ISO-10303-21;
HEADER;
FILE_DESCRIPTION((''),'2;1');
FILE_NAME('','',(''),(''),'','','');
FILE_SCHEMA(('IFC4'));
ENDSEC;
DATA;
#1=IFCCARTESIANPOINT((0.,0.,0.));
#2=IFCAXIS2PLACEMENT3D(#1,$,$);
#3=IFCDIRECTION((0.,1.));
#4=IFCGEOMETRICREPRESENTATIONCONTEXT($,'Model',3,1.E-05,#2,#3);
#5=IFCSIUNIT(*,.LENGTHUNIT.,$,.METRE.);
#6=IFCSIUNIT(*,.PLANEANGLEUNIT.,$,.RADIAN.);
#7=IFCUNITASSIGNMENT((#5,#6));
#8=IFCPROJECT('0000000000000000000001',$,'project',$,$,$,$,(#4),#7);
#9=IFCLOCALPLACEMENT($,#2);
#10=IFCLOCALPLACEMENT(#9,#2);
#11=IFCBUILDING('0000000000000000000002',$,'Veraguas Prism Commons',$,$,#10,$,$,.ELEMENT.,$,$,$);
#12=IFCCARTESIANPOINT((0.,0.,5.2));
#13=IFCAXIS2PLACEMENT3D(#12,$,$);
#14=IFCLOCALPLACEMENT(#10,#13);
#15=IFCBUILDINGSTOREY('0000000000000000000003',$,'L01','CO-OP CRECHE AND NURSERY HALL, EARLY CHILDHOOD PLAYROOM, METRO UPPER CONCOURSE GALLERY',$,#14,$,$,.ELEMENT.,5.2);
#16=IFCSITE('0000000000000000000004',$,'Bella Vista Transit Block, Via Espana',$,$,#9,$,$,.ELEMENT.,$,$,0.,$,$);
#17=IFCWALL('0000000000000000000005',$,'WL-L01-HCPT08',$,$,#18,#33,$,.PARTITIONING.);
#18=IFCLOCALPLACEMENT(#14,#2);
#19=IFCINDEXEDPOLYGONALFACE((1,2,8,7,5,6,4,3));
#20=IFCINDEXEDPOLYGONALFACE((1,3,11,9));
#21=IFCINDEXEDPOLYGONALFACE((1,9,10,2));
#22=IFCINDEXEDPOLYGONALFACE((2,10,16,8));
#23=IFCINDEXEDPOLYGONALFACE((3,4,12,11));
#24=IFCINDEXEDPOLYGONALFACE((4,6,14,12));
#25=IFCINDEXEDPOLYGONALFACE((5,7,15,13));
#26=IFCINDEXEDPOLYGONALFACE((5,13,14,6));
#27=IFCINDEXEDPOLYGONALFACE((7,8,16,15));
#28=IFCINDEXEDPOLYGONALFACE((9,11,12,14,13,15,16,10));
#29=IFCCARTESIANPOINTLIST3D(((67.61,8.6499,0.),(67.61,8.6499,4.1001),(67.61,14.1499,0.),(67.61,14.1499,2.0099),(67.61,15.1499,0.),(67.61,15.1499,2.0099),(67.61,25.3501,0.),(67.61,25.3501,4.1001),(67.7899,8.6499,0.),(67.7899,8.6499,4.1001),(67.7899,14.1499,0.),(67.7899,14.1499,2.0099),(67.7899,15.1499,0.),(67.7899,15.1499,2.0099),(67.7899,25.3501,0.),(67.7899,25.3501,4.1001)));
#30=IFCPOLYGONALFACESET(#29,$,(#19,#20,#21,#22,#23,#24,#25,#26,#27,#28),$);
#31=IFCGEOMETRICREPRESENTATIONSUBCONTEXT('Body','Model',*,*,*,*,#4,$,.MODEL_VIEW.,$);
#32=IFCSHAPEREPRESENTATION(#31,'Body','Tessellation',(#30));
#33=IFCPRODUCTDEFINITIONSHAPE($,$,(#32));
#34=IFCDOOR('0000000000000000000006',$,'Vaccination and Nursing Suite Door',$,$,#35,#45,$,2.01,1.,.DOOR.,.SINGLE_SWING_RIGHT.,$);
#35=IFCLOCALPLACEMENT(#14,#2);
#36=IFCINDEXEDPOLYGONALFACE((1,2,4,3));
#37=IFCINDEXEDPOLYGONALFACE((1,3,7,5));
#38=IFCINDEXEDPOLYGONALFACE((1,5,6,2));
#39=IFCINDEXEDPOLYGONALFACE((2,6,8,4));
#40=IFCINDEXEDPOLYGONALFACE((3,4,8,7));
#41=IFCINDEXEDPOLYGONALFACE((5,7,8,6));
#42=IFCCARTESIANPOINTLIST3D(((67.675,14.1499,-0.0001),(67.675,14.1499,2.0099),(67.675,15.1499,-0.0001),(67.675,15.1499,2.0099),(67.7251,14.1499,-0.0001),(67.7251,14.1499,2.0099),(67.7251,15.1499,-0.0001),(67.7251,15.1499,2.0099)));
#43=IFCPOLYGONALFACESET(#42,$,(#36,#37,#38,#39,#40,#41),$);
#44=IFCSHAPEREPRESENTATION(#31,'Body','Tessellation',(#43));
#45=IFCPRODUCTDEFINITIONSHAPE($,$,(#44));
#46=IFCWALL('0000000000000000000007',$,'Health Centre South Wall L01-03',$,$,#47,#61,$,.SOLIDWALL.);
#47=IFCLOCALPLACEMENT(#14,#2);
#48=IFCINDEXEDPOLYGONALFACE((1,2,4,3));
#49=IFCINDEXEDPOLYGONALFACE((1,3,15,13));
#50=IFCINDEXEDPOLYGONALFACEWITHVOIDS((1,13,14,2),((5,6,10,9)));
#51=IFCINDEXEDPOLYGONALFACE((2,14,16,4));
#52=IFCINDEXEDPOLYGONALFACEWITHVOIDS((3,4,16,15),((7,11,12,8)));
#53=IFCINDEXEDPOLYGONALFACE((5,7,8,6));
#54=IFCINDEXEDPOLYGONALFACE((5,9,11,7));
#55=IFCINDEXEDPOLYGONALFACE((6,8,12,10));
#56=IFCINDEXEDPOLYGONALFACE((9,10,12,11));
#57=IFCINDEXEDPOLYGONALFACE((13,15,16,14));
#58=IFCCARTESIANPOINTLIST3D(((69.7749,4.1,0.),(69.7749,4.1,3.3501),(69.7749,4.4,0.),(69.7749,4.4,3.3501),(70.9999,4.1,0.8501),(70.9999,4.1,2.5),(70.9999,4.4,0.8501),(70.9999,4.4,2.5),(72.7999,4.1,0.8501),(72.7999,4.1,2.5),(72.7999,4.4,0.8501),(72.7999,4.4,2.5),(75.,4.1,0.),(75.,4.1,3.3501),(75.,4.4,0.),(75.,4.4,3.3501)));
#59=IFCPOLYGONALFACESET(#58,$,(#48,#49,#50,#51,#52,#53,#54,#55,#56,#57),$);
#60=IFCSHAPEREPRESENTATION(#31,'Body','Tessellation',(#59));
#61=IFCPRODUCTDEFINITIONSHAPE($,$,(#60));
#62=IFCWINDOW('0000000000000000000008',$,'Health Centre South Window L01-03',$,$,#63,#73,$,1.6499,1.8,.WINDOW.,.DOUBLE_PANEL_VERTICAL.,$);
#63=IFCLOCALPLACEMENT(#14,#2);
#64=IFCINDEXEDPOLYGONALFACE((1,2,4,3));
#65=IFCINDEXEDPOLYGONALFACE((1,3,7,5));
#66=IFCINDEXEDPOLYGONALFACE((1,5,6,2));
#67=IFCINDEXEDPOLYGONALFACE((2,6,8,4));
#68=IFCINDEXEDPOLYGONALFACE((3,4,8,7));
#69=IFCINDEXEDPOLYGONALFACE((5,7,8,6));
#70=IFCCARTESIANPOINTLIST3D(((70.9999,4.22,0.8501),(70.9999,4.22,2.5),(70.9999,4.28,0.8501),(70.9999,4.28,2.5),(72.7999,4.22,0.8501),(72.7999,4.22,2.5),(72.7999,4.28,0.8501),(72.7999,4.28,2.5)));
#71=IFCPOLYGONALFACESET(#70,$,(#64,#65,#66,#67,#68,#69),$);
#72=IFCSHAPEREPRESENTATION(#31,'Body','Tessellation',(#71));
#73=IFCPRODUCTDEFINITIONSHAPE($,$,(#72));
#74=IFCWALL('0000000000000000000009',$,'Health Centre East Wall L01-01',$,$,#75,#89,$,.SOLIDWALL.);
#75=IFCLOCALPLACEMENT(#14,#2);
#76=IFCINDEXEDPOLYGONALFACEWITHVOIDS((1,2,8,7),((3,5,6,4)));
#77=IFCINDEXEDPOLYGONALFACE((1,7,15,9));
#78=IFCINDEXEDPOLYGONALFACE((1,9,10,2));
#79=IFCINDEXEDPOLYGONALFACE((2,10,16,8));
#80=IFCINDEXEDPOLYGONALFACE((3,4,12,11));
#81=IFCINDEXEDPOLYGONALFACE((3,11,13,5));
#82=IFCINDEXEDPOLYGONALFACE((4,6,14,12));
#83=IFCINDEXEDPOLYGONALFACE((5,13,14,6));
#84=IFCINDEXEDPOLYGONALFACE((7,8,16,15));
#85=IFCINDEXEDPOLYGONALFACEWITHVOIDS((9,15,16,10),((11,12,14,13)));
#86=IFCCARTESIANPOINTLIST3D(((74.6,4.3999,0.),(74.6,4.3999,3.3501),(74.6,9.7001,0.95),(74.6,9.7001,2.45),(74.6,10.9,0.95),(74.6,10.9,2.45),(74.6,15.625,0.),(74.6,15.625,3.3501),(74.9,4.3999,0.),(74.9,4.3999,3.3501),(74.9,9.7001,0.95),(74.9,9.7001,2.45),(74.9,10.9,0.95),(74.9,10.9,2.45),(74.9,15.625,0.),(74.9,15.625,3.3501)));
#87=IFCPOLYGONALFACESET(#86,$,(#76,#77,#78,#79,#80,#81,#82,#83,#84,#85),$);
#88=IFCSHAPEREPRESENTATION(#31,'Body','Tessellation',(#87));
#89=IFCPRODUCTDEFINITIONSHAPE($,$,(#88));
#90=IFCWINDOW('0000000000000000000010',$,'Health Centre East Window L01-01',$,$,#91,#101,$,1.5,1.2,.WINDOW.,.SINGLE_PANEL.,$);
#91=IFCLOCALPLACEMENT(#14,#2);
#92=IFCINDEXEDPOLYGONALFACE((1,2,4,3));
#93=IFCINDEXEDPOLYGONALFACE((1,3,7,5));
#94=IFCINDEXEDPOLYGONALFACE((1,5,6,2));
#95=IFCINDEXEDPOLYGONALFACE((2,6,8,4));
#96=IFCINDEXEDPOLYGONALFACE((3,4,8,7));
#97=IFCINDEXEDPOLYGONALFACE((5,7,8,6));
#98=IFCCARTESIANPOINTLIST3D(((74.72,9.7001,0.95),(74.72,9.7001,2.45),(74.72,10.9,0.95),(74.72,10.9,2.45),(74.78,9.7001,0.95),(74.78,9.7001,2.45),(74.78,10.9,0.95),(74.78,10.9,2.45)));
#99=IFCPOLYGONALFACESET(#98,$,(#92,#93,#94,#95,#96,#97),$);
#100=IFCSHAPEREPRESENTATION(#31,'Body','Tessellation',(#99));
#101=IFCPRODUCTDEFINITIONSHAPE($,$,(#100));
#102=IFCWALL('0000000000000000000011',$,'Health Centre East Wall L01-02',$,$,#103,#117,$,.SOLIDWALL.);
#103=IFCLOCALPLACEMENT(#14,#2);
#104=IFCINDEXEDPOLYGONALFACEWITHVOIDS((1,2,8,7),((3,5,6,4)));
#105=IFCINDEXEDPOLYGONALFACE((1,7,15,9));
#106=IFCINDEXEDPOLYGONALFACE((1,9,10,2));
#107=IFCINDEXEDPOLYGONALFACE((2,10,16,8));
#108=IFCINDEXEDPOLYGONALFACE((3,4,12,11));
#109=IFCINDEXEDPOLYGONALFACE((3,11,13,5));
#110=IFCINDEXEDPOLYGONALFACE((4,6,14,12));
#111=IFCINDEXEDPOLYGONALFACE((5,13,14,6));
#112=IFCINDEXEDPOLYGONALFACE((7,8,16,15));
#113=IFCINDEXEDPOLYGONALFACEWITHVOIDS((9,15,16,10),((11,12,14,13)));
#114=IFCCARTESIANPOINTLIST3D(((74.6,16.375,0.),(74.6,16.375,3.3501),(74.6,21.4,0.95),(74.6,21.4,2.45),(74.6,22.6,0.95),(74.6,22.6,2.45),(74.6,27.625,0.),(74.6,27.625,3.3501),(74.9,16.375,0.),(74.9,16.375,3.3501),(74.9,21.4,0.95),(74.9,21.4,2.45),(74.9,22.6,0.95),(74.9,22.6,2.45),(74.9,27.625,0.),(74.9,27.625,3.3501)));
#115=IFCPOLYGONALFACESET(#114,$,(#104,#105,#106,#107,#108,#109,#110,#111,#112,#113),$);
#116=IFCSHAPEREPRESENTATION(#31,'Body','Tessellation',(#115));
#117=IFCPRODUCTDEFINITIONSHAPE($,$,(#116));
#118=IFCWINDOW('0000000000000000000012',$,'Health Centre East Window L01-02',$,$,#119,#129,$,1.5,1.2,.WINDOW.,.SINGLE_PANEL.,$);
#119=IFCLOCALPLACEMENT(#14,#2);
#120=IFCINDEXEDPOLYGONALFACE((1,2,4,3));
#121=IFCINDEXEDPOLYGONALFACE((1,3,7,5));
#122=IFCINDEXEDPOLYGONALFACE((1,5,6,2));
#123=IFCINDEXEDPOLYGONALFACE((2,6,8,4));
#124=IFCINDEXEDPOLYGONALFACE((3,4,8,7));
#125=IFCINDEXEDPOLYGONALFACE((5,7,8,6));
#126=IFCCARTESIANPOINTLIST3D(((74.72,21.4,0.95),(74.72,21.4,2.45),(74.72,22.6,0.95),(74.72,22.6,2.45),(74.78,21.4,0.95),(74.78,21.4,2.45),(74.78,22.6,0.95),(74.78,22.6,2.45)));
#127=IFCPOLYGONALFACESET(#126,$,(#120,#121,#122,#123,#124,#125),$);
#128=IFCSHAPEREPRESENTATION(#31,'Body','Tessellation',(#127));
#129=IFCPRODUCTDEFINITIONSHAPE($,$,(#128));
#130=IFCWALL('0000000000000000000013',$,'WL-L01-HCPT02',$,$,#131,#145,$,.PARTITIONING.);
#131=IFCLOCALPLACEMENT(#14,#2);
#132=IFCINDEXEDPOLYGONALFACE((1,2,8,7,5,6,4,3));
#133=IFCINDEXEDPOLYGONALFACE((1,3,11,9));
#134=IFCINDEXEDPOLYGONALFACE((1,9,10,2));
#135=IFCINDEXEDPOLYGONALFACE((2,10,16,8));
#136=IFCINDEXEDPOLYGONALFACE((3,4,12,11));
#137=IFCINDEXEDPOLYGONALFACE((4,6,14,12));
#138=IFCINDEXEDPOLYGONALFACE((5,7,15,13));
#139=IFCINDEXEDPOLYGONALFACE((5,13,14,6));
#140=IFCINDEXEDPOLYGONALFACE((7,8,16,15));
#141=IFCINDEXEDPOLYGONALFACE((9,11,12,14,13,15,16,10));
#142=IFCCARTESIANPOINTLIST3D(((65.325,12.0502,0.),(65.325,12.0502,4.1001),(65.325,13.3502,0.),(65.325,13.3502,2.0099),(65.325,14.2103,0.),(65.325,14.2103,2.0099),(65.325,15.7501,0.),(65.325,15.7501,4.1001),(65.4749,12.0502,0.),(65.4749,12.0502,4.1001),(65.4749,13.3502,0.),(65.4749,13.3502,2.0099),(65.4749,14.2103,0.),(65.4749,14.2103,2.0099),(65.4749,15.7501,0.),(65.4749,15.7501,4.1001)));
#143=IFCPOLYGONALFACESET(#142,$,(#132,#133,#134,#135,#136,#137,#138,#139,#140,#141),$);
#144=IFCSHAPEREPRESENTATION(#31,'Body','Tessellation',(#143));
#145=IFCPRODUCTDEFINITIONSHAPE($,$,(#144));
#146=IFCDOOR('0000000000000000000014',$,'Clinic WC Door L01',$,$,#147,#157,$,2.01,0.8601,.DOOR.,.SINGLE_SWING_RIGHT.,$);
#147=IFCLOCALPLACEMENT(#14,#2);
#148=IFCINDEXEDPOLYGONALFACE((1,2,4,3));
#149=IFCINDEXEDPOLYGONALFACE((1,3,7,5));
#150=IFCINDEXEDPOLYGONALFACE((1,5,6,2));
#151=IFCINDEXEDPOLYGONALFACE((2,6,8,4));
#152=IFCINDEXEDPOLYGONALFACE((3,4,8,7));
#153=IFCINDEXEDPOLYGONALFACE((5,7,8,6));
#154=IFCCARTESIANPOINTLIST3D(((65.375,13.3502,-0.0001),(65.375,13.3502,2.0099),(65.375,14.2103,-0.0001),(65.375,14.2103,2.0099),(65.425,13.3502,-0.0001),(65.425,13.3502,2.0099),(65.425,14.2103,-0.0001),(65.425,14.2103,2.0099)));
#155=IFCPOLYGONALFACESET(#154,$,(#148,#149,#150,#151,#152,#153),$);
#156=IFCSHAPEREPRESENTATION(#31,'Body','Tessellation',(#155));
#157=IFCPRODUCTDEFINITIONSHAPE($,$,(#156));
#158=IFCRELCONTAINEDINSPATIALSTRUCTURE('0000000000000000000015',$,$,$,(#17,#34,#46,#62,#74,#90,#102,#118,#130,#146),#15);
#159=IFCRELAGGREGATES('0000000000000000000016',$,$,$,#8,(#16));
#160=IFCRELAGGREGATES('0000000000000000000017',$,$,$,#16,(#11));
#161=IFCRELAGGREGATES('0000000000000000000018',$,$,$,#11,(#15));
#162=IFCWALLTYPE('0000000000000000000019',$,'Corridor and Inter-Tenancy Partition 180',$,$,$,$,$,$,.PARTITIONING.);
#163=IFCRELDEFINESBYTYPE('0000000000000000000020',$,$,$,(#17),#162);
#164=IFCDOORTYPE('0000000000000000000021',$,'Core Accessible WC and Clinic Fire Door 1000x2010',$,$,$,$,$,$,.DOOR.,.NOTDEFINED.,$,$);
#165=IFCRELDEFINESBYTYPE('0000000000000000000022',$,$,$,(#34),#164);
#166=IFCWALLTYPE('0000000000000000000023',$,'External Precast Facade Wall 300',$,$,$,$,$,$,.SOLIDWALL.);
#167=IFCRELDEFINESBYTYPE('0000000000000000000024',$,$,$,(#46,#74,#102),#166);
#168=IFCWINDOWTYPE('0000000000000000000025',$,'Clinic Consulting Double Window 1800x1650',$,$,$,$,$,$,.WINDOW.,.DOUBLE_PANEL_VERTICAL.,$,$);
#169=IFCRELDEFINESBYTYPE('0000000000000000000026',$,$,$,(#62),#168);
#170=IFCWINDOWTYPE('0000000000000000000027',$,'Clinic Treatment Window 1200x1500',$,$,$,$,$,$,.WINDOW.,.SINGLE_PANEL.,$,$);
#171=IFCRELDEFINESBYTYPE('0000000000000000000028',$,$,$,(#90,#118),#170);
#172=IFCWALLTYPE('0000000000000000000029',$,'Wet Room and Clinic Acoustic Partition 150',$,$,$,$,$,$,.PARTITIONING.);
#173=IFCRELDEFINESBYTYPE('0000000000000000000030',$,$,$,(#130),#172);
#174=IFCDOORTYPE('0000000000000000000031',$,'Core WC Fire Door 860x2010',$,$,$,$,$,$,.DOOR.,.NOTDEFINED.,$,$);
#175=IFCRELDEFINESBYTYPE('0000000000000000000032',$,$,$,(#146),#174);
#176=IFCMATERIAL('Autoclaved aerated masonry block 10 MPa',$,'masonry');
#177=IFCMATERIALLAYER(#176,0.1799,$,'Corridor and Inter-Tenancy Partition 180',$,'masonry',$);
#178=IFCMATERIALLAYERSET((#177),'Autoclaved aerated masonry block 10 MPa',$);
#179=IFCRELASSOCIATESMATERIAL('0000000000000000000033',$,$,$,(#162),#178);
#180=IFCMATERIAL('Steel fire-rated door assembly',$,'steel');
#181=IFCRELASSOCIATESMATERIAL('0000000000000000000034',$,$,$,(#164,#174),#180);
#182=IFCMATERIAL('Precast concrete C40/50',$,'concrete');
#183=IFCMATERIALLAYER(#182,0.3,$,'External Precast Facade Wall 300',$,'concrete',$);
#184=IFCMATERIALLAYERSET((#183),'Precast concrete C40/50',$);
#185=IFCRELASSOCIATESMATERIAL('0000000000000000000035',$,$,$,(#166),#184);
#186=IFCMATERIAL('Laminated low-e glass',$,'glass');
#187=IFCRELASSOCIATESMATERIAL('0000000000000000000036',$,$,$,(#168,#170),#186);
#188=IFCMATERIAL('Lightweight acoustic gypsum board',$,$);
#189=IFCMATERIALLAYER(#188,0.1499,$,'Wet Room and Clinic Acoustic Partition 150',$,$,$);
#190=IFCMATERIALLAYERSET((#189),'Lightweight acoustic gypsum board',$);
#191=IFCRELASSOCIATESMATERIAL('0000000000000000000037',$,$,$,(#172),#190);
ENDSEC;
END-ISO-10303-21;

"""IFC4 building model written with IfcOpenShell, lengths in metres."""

from ifc_helpers import new_model, si_unit, direction, frame, frame_2d, origin, place, context, subcontext, project, spatial, rectangle, extrude, source, transform, mapped, material, layer, layer_set, type_object, element, fill, save


model = new_model("IFC4")

# Units and contexts
model_context = context("Model", 3, precision=1e-05, world=origin(), true_north=direction((0.0, 1.0)))
body_context = subcontext(model_context, "Body", "Model", "MODEL_VIEW")
ifc_project = project(units=[si_unit("LENGTHUNIT", "METRE"), si_unit("PLANEANGLEUNIT", "RADIAN")], contexts=[model_context])

# Site, building, storey
site_placement = place(None, origin())
site = spatial("IfcSite", under=ifc_project, at=site_placement, Name="Bella Vista Transit Block, Via Espana", CompositionType="ELEMENT", RefElevation=0.0)
building_placement = place(site_placement, origin())
building = spatial("IfcBuilding", under=site, at=building_placement, Name="Veraguas Prism Commons", CompositionType="ELEMENT")
storey_placement = place(building_placement, frame((0.0, 0.0, 5.2)))
storey = spatial("IfcBuildingStorey", under=building, at=storey_placement, Name="L01", Description="CO-OP CRECHE AND NURSERY HALL, EARLY CHILDHOOD PLAYROOM, METRO UPPER CONCOURSE GALLERY", CompositionType="ELEMENT", Elevation=5.2)

# Wall, opening, door
ifc_material_1 = material(Name="Autoclaved aerated masonry block 10 MPa", Category="masonry")
ifc_layer_1 = layer(ifc_material_1, 0.1799, Name="Corridor and Inter-Tenancy Partition 180", Category="masonry")
ifc_layer_set_1 = layer_set([ifc_layer_1], Name="Autoclaved aerated masonry block 10 MPa")
wall_type_1 = type_object("IfcWallType", Name="Corridor and Inter-Tenancy Partition 180", PredefinedType="PARTITIONING", material=ifc_layer_set_1)
wall_1_placement = place(storey_placement, frame((67.7, 8.6499, 0.0), z_axis=(0.0, 0.0, 1.0), x_axis=(0.0, 1.0, 0.0)))
wall_1 = element("IfcWall", 1, at=wall_1_placement, inside=storey, type_object=wall_type_1, Name="WL-L01-HCPT08", PredefinedType="PARTITIONING", context=body_context, shape_type="SweptSolid", body=[
    extrude(rectangle(XDim=16.7002, YDim=0.1799, at=frame_2d((8.3501, 0.0))), origin(), (0.0, 0.0, 1.0), 4.1001),
])
opening_1_placement = place(wall_1_placement, frame((5.5, 0.0, 0.0)))
opening_1 = element("IfcOpeningElement", 2, at=opening_1_placement, cuts=wall_1, PredefinedType="OPENING", context=body_context, shape_type="SweptSolid", body=[
    extrude(rectangle(XDim=1.0, YDim=2.01, at=frame_2d((0.5, 1.0049))), frame((0.0, 0.0999, 0.0), z_axis=(0.0, -1.0, 0.0), x_axis=(1.0, 0.0, 0.0)), (0.0, 0.0, 1.0), 0.2),
])
ifc_material_2 = material(Name="Steel fire-rated door assembly", Category="steel")
door_type_1 = type_object("IfcDoorType", Name="Core Accessible WC and Clinic Fire Door 1000x2010", OperationType="NOTDEFINED", PredefinedType="DOOR", material=ifc_material_2)
shared_shape_1 = source(origin(), body_context, "Body", "SweptSolid", [
    extrude(rectangle(XDim=1.0, YDim=2.01, at=frame_2d((0.5, 1.0049))), frame((0.0, 0.0249, 0.0), z_axis=(0.0, -1.0, 0.0), x_axis=(1.0, 0.0, 0.0)), (0.0, 0.0, 1.0), 0.05),
])
door_1_placement = place(opening_1_placement, origin())
door_1 = element("IfcDoor", 3, at=door_1_placement, inside=storey, type_object=door_type_1, Name="Vaccination and Nursing Suite Door", OperationType="SINGLE_SWING_RIGHT", OverallHeight=2.01, OverallWidth=1.0, PredefinedType="DOOR", context=body_context, shape_type="MappedRepresentation", body=[
    mapped(shared_shape_1, transform((0.0, 0.0, 0.0), scale=1.0)),
])
fill(opening_1, door_1)

# Walls, openings, windows
ifc_material_3 = material(Name="Precast concrete C40/50", Category="concrete")
ifc_layer_2 = layer(ifc_material_3, 0.3, Name="External Precast Facade Wall 300", Category="concrete")
ifc_layer_set_2 = layer_set([ifc_layer_2], Name="Precast concrete C40/50")
wall_type_2 = type_object("IfcWallType", Name="External Precast Facade Wall 300", PredefinedType="SOLIDWALL", material=ifc_layer_set_2)
wall_2_placement = place(storey_placement, frame((69.7749, 4.25, 0.0), z_axis=(0.0, 0.0, 1.0), x_axis=(1.0, 0.0, 0.0)))
wall_2 = element("IfcWall", 4, at=wall_2_placement, inside=storey, type_object=wall_type_2, Name="Health Centre South Wall L01-03", PredefinedType="SOLIDWALL", context=body_context, shape_type="SweptSolid", body=[
    extrude(rectangle(XDim=5.2251, YDim=0.3, at=frame_2d((2.6125, 0.0))), origin(), (0.0, 0.0, 1.0), 3.3501),
])
opening_2_placement = place(wall_2_placement, frame((1.2251, 0.0, 0.8501)))
opening_2 = element("IfcOpeningElement", 5, at=opening_2_placement, cuts=wall_2, PredefinedType="OPENING", context=body_context, shape_type="SweptSolid", body=[
    extrude(rectangle(XDim=1.8, YDim=1.6499, at=frame_2d((0.8999, 0.825))), frame((0.0, 0.1599, 0.0), z_axis=(0.0, -1.0, 0.0), x_axis=(1.0, 0.0, 0.0)), (0.0, 0.0, 1.0), 0.3201),
])
ifc_material_4 = material(Name="Laminated low-e glass", Category="glass")
window_type_1 = type_object("IfcWindowType", Name="Clinic Consulting Double Window 1800x1650", PartitioningType="DOUBLE_PANEL_VERTICAL", PredefinedType="WINDOW", material=ifc_material_4)
shared_shape_2 = source(origin(), body_context, "Body", "SweptSolid", [
    extrude(rectangle(XDim=1.8, YDim=1.6499, at=frame_2d((0.8999, 0.825))), frame((0.0, 0.03, 0.0), z_axis=(0.0, -1.0, 0.0), x_axis=(1.0, 0.0, 0.0)), (0.0, 0.0, 1.0), 0.0601),
])
window_1_placement = place(opening_2_placement, origin())
window_1 = element("IfcWindow", 6, at=window_1_placement, inside=storey, type_object=window_type_1, Name="Health Centre South Window L01-03", OverallHeight=1.6499, OverallWidth=1.8, PartitioningType="DOUBLE_PANEL_VERTICAL", PredefinedType="WINDOW", context=body_context, shape_type="MappedRepresentation", body=[
    mapped(shared_shape_2, transform((0.0, 0.0, 0.0), scale=1.0)),
])
fill(opening_2, window_1)
wall_3_placement = place(storey_placement, frame((74.75, 4.3999, 0.0), z_axis=(0.0, 0.0, 1.0), x_axis=(0.0, 1.0, 0.0)))
wall_3 = element("IfcWall", 7, at=wall_3_placement, inside=storey, type_object=wall_type_2, Name="Health Centre East Wall L01-01", PredefinedType="SOLIDWALL", context=body_context, shape_type="SweptSolid", body=[
    extrude(rectangle(XDim=11.2251, YDim=0.3, at=frame_2d((5.6125, 0.0))), origin(), (0.0, 0.0, 1.0), 3.3501),
])
opening_3_placement = place(wall_3_placement, frame((5.3, 0.0, 0.95)))
opening_3 = element("IfcOpeningElement", 8, at=opening_3_placement, cuts=wall_3, PredefinedType="OPENING", context=body_context, shape_type="SweptSolid", body=[
    extrude(rectangle(XDim=1.2, YDim=1.5, at=frame_2d((0.6001, 0.75))), frame((0.0, 0.1599, 0.0), z_axis=(0.0, -1.0, 0.0), x_axis=(1.0, 0.0, 0.0)), (0.0, 0.0, 1.0), 0.3201),
])
window_type_2 = type_object("IfcWindowType", Name="Clinic Treatment Window 1200x1500", PartitioningType="SINGLE_PANEL", PredefinedType="WINDOW", material=ifc_material_4)
shared_shape_3 = source(origin(), body_context, "Body", "SweptSolid", [
    extrude(rectangle(XDim=1.2, YDim=1.5, at=frame_2d((0.6001, 0.75))), frame((0.0, 0.03, 0.0), z_axis=(0.0, -1.0, 0.0), x_axis=(1.0, 0.0, 0.0)), (0.0, 0.0, 1.0), 0.0601),
])
window_2_placement = place(opening_3_placement, origin())
window_2 = element("IfcWindow", 9, at=window_2_placement, inside=storey, type_object=window_type_2, Name="Health Centre East Window L01-01", OverallHeight=1.5, OverallWidth=1.2, PartitioningType="SINGLE_PANEL", PredefinedType="WINDOW", context=body_context, shape_type="MappedRepresentation", body=[
    mapped(shared_shape_3, transform((0.0, 0.0, 0.0), scale=1.0)),
])
fill(opening_3, window_2)
wall_4_placement = place(storey_placement, frame((74.75, 16.375, 0.0), z_axis=(0.0, 0.0, 1.0), x_axis=(0.0, 1.0, 0.0)))
wall_4 = element("IfcWall", 10, at=wall_4_placement, inside=storey, type_object=wall_type_2, Name="Health Centre East Wall L01-02", PredefinedType="SOLIDWALL", context=body_context, shape_type="SweptSolid", body=[
    extrude(rectangle(XDim=11.25, YDim=0.3, at=frame_2d((5.625, 0.0))), origin(), (0.0, 0.0, 1.0), 3.3501),
])
opening_4_placement = place(wall_4_placement, frame((5.0249, 0.0, 0.95)))
opening_4 = element("IfcOpeningElement", 11, at=opening_4_placement, cuts=wall_4, PredefinedType="OPENING", context=body_context, shape_type="SweptSolid", body=[
    extrude(rectangle(XDim=1.2, YDim=1.5, at=frame_2d((0.6001, 0.75))), frame((0.0, 0.1599, 0.0), z_axis=(0.0, -1.0, 0.0), x_axis=(1.0, 0.0, 0.0)), (0.0, 0.0, 1.0), 0.3201),
])
window_3_placement = place(opening_4_placement, origin())
window_3 = element("IfcWindow", 12, at=window_3_placement, inside=storey, type_object=window_type_2, Name="Health Centre East Window L01-02", OverallHeight=1.5, OverallWidth=1.2, PartitioningType="SINGLE_PANEL", PredefinedType="WINDOW", context=body_context, shape_type="MappedRepresentation", body=[
    mapped(shared_shape_3, transform((0.0, 0.0, 0.0), scale=1.0)),
])
fill(opening_4, window_3)

# Wall, opening, door
ifc_material_5 = material(Name="Lightweight acoustic gypsum board")
ifc_layer_3 = layer(ifc_material_5, 0.1499, Name="Wet Room and Clinic Acoustic Partition 150")
ifc_layer_set_3 = layer_set([ifc_layer_3], Name="Lightweight acoustic gypsum board")
wall_type_3 = type_object("IfcWallType", Name="Wet Room and Clinic Acoustic Partition 150", PredefinedType="PARTITIONING", material=ifc_layer_set_3)
wall_5_placement = place(storey_placement, frame((65.3999, 12.05, 0.0), z_axis=(0.0, 0.0, 1.0), x_axis=(0.0, 1.0, 0.0)))
wall_5 = element("IfcWall", 13, at=wall_5_placement, inside=storey, type_object=wall_type_3, Name="WL-L01-HCPT02", PredefinedType="PARTITIONING", context=body_context, shape_type="SweptSolid", body=[
    extrude(rectangle(XDim=3.7, YDim=0.1499, at=frame_2d((1.8501, 0.0))), origin(), (0.0, 0.0, 1.0), 4.1001),
])
opening_5_placement = place(wall_5_placement, frame((1.3, 0.0, 0.0)))
opening_5 = element("IfcOpeningElement", 14, at=opening_5_placement, cuts=wall_5, PredefinedType="OPENING", context=body_context, shape_type="SweptSolid", body=[
    extrude(rectangle(XDim=0.8601, YDim=2.01, at=frame_2d((0.4302, 1.0049))), frame((0.0, 0.085, 0.0), z_axis=(0.0, -1.0, 0.0), x_axis=(1.0, 0.0, 0.0)), (0.0, 0.0, 1.0), 0.1699),
])
door_type_2 = type_object("IfcDoorType", Name="Core WC Fire Door 860x2010", OperationType="NOTDEFINED", PredefinedType="DOOR", material=ifc_material_2)
shared_shape_4 = source(origin(), body_context, "Body", "SweptSolid", [
    extrude(rectangle(XDim=0.8601, YDim=2.01, at=frame_2d((0.4302, 1.0049))), frame((0.0, 0.0249, 0.0), z_axis=(0.0, -1.0, 0.0), x_axis=(1.0, 0.0, 0.0)), (0.0, 0.0, 1.0), 0.05),
])
door_2_placement = place(opening_5_placement, origin())
door_2 = element("IfcDoor", 15, at=door_2_placement, inside=storey, type_object=door_type_2, Name="Clinic WC Door L01", OperationType="SINGLE_SWING_RIGHT", OverallHeight=2.01, OverallWidth=0.8601, PredefinedType="DOOR", context=body_context, shape_type="MappedRepresentation", body=[
    mapped(shared_shape_4, transform((0.0, 0.0, 0.0), scale=1.0)),
])
fill(opening_5, door_2)

save(model, "model.ifc")
